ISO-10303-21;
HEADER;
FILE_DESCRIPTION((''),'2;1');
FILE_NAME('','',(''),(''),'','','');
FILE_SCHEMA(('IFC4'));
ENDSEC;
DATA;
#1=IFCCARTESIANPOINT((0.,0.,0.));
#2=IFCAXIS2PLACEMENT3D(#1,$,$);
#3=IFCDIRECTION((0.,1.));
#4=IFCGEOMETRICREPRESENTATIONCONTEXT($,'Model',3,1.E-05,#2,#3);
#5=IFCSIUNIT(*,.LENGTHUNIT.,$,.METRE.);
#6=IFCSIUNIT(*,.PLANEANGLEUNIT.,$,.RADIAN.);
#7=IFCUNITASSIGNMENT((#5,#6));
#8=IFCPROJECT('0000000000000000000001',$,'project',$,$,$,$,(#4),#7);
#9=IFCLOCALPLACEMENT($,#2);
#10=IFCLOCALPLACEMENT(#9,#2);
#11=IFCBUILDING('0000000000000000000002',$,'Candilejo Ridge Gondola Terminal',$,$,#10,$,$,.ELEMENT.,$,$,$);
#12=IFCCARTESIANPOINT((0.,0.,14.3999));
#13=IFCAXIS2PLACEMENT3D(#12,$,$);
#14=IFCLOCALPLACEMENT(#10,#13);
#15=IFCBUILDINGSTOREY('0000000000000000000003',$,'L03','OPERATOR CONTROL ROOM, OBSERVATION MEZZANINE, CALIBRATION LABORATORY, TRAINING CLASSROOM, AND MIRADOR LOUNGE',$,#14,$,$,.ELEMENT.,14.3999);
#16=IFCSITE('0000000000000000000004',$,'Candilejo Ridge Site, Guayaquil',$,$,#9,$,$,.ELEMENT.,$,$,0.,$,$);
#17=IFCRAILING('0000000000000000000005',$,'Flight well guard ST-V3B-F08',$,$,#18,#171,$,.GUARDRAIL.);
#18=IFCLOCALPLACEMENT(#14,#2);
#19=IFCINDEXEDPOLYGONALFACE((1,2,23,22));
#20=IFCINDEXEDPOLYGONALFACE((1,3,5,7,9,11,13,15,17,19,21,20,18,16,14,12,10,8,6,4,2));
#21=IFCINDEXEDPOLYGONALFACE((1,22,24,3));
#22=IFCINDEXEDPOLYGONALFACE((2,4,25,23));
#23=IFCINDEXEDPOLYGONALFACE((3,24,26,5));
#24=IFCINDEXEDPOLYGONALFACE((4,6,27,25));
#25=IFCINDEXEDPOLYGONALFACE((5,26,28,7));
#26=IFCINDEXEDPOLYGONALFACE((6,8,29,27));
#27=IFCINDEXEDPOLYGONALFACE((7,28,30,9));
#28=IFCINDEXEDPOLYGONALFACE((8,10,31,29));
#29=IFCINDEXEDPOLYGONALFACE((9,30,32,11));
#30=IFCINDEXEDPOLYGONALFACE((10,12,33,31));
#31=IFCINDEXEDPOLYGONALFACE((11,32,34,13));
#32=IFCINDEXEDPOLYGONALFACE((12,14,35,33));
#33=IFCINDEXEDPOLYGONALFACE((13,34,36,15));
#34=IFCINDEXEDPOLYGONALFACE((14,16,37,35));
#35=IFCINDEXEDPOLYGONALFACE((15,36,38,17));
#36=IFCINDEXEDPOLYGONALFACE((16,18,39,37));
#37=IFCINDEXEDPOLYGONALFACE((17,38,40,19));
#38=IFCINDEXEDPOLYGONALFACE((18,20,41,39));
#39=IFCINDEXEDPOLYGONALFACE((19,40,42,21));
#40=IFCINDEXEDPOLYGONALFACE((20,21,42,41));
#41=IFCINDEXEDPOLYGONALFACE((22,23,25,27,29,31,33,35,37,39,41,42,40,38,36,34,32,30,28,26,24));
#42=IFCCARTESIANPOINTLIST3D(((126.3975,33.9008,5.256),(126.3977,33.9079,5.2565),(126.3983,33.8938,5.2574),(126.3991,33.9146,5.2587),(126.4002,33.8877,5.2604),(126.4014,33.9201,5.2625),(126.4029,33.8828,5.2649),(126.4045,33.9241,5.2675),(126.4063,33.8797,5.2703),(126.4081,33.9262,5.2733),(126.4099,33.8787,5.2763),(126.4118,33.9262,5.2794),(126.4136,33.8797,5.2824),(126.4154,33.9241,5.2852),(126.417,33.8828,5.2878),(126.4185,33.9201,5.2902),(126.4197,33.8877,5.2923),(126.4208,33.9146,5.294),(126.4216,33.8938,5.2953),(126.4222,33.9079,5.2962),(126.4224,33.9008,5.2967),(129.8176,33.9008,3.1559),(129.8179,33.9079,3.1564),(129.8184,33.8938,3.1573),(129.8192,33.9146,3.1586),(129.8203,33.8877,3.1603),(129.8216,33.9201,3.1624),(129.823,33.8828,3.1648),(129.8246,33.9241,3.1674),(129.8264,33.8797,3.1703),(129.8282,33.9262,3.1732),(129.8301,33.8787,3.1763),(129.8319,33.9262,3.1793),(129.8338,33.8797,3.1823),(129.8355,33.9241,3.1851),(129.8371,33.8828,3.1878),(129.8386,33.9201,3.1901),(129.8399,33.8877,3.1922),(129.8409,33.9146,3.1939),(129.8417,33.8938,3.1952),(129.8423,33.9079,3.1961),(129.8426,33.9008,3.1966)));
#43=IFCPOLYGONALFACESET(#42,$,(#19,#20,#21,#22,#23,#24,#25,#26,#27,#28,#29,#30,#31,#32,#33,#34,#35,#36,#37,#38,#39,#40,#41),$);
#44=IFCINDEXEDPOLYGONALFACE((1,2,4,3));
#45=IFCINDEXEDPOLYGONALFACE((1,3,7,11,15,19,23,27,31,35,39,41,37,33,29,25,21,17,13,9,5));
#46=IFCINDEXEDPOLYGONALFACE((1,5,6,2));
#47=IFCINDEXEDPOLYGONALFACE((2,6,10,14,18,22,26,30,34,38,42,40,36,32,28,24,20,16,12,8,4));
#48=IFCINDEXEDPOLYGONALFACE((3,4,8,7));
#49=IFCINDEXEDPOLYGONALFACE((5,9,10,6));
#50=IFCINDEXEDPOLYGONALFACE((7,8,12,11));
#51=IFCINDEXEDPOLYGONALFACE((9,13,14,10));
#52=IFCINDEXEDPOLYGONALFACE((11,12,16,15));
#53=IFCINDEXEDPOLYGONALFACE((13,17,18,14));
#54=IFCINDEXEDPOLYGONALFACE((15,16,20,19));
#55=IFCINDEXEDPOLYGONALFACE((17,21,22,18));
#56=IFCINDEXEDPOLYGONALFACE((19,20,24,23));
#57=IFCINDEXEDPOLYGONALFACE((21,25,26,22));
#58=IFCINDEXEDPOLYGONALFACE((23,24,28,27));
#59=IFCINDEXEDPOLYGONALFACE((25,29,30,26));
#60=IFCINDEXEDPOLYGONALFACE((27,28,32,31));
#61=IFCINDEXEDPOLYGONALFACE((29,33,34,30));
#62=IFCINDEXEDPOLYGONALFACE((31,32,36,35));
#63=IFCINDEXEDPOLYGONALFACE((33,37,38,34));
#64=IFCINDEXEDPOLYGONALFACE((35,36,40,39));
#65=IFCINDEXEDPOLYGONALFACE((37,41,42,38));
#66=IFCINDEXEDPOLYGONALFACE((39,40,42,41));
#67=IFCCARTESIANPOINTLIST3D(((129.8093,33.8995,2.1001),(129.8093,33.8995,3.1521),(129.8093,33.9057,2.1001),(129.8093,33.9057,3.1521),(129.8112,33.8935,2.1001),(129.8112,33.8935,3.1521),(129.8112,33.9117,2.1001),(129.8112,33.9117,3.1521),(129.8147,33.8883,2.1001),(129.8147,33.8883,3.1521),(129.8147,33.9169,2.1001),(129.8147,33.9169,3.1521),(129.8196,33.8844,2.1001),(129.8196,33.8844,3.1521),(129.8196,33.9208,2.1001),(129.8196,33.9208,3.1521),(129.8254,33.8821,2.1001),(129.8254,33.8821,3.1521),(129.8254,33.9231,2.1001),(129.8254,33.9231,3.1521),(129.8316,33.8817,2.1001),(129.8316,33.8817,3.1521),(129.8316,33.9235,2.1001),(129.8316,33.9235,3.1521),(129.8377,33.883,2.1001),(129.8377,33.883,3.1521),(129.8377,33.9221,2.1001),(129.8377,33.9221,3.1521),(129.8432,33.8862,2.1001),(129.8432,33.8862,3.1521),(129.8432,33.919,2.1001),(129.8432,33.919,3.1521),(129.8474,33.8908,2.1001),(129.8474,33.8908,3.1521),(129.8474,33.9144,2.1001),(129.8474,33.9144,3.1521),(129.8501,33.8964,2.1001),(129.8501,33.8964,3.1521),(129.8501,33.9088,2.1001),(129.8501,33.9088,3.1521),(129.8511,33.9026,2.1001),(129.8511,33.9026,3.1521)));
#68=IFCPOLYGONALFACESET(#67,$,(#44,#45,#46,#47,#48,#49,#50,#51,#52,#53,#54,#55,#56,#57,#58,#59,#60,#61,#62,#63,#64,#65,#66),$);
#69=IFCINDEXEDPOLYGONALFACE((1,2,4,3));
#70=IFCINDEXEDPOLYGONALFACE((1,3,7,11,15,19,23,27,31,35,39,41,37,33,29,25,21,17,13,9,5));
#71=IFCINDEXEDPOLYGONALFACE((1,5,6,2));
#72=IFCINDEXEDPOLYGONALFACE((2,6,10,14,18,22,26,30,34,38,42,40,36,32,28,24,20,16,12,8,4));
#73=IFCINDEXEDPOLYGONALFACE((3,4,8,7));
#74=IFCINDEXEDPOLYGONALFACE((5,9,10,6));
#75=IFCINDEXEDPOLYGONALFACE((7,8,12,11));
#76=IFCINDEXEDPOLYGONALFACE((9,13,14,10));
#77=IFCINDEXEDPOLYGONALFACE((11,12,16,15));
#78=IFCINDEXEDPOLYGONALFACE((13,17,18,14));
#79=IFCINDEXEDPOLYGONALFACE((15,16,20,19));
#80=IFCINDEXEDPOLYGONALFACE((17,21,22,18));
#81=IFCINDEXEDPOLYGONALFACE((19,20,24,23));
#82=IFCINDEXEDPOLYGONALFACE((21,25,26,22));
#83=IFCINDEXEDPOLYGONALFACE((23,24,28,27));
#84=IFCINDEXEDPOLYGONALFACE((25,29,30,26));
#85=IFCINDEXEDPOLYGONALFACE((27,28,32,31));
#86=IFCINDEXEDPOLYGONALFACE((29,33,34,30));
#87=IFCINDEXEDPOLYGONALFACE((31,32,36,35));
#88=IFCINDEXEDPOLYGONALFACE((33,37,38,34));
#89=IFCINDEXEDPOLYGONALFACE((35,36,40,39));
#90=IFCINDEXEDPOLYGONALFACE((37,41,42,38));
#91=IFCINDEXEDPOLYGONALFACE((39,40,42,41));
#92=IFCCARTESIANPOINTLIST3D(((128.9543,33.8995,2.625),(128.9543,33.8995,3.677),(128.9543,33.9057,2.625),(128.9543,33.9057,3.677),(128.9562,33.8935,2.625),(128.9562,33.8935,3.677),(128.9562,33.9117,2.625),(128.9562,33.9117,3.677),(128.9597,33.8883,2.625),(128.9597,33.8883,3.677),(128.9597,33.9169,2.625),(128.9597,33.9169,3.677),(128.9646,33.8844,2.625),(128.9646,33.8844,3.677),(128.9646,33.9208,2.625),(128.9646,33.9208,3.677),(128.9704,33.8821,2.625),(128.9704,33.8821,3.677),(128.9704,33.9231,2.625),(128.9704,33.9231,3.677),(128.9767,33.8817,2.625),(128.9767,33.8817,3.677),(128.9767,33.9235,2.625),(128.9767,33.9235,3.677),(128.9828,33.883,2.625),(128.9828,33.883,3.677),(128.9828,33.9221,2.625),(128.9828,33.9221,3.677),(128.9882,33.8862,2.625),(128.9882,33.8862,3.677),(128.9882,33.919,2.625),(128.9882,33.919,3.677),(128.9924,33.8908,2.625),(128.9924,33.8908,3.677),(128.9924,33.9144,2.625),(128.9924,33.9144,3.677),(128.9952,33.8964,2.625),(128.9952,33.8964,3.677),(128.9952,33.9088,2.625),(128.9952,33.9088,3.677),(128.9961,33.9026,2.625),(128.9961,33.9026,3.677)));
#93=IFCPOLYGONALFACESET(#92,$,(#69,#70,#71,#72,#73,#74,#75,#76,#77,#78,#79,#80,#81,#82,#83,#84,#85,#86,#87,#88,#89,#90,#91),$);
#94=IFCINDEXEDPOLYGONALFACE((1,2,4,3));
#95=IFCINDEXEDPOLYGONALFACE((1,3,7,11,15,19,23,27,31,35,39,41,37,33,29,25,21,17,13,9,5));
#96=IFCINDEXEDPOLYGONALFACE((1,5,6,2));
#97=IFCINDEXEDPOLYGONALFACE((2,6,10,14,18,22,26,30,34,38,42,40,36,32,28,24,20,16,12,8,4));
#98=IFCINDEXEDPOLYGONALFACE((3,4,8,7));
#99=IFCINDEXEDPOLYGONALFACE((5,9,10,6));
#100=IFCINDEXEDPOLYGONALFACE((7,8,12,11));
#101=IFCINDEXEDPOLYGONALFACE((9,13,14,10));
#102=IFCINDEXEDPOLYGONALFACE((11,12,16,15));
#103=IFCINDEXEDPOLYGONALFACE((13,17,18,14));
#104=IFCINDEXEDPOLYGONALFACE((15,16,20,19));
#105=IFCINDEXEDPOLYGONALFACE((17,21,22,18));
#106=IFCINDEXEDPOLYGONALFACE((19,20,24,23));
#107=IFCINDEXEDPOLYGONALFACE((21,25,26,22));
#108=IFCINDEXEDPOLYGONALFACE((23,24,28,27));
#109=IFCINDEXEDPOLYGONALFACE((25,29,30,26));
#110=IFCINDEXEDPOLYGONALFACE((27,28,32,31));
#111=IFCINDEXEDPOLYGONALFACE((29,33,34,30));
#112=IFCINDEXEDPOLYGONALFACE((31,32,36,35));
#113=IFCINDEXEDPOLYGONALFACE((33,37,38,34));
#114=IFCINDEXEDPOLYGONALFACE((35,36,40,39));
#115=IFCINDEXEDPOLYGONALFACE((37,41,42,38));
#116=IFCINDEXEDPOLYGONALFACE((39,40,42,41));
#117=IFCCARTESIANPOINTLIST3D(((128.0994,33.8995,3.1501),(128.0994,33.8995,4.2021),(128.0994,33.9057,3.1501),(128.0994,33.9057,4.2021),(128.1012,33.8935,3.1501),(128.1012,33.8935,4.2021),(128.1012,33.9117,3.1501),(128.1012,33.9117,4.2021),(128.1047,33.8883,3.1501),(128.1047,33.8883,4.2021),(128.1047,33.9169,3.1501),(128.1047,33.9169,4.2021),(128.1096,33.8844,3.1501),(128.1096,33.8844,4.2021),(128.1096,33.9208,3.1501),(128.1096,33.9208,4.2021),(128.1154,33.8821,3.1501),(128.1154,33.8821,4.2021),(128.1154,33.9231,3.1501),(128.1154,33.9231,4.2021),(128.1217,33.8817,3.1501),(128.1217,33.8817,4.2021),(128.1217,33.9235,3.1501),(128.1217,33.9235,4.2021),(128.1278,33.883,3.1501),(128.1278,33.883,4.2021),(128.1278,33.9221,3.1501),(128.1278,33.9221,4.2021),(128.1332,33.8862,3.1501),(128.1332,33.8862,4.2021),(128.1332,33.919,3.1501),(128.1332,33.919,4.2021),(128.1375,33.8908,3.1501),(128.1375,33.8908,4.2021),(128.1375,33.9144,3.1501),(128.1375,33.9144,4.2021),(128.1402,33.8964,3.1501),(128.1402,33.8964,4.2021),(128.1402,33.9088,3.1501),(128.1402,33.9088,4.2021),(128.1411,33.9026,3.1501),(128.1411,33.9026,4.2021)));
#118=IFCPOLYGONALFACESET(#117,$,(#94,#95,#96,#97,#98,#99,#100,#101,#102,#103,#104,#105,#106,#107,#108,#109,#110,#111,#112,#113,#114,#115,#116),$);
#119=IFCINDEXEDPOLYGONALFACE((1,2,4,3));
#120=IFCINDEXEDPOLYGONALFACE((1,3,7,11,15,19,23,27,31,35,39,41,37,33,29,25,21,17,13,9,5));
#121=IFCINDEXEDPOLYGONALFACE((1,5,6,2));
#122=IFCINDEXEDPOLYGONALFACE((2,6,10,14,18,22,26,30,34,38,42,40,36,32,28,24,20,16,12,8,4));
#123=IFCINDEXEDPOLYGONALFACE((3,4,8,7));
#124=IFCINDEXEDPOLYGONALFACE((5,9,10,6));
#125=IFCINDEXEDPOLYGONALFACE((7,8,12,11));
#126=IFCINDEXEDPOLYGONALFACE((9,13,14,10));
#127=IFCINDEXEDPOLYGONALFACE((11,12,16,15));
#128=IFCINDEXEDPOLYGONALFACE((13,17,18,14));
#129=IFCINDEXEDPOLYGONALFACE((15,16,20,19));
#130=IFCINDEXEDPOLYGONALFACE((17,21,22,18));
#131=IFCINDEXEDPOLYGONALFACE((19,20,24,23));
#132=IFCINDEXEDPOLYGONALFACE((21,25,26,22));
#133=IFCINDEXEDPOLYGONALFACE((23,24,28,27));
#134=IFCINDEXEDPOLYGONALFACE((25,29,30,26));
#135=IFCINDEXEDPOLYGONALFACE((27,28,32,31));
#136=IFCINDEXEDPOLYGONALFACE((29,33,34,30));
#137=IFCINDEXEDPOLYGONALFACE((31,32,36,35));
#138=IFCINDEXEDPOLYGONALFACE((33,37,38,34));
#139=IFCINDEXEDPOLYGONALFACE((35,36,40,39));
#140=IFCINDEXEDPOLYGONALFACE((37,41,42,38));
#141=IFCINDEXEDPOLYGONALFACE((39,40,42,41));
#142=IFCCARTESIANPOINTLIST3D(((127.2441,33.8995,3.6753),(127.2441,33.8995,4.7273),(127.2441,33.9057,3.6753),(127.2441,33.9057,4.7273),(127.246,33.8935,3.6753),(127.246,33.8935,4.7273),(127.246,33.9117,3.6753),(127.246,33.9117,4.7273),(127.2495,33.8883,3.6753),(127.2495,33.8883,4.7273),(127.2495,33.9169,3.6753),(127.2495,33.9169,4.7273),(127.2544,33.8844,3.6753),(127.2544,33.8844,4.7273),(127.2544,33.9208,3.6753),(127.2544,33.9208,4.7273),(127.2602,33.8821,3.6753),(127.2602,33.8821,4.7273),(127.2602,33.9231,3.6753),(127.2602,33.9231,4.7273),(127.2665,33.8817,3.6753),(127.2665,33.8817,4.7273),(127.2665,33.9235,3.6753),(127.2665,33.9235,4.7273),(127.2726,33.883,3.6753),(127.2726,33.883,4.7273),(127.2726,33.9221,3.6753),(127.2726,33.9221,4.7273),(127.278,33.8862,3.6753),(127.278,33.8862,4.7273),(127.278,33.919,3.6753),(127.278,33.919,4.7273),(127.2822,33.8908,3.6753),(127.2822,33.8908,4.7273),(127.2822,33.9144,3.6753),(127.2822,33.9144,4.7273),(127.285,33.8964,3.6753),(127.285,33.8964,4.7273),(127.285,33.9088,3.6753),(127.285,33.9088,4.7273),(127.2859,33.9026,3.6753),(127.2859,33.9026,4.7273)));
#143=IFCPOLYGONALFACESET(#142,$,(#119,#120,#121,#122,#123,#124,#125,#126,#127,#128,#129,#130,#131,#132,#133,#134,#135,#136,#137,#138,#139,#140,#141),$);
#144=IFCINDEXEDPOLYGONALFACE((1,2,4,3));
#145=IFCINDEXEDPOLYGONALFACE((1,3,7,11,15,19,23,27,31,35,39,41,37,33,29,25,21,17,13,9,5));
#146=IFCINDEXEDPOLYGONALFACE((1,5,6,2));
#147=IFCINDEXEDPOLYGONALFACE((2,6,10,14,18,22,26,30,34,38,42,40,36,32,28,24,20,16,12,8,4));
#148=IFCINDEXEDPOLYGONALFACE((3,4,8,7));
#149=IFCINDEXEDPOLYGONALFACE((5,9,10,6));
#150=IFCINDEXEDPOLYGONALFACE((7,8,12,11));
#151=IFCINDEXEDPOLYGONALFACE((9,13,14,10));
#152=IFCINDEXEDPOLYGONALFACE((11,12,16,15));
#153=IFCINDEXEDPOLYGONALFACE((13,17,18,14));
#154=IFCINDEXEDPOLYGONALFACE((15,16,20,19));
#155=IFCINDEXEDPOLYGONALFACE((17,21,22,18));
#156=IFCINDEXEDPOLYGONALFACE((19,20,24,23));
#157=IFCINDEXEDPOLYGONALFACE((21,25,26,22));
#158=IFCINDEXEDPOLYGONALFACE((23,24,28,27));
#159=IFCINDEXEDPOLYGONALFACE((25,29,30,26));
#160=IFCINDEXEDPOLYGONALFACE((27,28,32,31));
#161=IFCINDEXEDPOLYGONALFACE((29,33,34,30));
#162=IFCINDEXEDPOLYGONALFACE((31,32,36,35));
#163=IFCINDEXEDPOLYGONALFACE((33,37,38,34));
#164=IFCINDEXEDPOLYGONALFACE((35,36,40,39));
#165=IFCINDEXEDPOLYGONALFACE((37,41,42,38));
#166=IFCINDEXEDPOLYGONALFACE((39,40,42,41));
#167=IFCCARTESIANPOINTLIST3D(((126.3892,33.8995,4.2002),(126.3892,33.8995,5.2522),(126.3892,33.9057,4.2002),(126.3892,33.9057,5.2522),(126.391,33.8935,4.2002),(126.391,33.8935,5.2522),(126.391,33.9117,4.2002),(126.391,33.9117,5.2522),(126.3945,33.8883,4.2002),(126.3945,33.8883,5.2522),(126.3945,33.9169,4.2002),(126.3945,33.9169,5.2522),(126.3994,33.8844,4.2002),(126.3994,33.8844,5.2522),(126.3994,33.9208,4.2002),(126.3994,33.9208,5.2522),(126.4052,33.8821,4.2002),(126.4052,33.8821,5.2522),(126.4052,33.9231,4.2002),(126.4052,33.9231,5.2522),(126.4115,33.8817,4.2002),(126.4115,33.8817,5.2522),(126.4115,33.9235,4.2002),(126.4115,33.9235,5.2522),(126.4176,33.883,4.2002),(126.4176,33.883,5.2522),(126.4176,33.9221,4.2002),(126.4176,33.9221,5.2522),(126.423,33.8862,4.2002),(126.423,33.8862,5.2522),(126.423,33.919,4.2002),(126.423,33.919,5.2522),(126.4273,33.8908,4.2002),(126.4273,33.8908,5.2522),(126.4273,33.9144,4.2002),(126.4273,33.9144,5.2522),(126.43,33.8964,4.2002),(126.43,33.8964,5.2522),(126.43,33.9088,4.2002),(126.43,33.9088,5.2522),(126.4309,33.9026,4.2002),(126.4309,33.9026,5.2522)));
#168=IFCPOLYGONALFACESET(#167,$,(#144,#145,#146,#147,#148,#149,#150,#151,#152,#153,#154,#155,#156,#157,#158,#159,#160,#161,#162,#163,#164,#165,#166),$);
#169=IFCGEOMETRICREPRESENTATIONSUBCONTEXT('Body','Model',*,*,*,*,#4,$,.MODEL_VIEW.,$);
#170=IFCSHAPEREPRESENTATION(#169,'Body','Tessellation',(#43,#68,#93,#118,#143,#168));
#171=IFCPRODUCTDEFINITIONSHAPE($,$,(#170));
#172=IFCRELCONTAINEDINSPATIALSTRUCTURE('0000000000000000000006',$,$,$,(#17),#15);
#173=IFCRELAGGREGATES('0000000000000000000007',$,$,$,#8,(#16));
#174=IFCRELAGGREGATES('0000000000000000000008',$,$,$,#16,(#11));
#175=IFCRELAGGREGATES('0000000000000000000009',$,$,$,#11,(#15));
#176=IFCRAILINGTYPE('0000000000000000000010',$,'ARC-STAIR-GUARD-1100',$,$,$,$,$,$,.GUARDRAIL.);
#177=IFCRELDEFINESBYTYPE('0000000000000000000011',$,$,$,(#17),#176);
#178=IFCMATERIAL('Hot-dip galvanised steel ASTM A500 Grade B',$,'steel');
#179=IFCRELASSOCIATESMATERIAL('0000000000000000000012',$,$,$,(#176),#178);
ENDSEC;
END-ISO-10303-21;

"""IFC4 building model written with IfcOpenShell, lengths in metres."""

from ifc_helpers import new_model, si_unit, direction, frame, origin, origin_2d, place, context, subcontext, project, spatial, circle, extrude, material, type_object, element, save


model = new_model("IFC4")

# Units and contexts
model_context = context("Model", 3, precision=1e-05, world=origin(), true_north=direction((0.0, 1.0)))
body_context = subcontext(model_context, "Body", "Model", "MODEL_VIEW")
ifc_project = project(units=[si_unit("LENGTHUNIT", "METRE"), si_unit("PLANEANGLEUNIT", "RADIAN")], contexts=[model_context])

# Site, building, storey
site_placement = place(None, origin())
site = spatial("IfcSite", under=ifc_project, at=site_placement, Name="Candilejo Ridge Site, Guayaquil", CompositionType="ELEMENT", RefElevation=0.0)
building_placement = place(site_placement, origin())
building = spatial("IfcBuilding", under=site, at=building_placement, Name="Candilejo Ridge Gondola Terminal", CompositionType="ELEMENT")
storey_placement = place(building_placement, frame((0.0, 0.0, 14.3999)))
storey = spatial("IfcBuildingStorey", under=building, at=storey_placement, Name="L03", Description="OPERATOR CONTROL ROOM, OBSERVATION MEZZANINE, CALIBRATION LABORATORY, TRAINING CLASSROOM, AND MIRADOR LOUNGE", CompositionType="ELEMENT", Elevation=14.3999)

# Railing
ifc_material_1 = material(Name="Hot-dip galvanised steel ASTM A500 Grade B", Category="steel")
railing_type_1 = type_object("IfcRailingType", Name="ARC-STAIR-GUARD-1100", PredefinedType="GUARDRAIL", material=ifc_material_1)
railing_1_placement = place(storey_placement, frame((129.8301, 33.9026, 2.1001)))
element("IfcRailing", 1, at=railing_1_placement, inside=storey, type_object=railing_type_1, Name="Flight well guard ST-V3B-F08", PredefinedType="GUARDRAIL", context=body_context, shape_type="SweptSolid", body=[
    extrude(circle(Radius=0.0239, at=origin_2d()), frame((0.0, 0.0, 1.0762), z_axis=(-0.852172, 0.0, 0.523262), x_axis=(0.0, -1.0, 0.0)), (0.0, 0.0, 1.0), 4.0134),
    extrude(circle(Radius=0.021, at=origin_2d()), origin(), (0.0, 0.0, 1.0), 1.052),
    extrude(circle(Radius=0.021, at=origin_2d()), frame((-0.855, 0.0, 0.5249)), (0.0, 0.0, 1.0), 1.052),
    extrude(circle(Radius=0.021, at=origin_2d()), frame((-1.71, 0.0, 1.05)), (0.0, 0.0, 1.0), 1.052),
    extrude(circle(Radius=0.021, at=origin_2d()), frame((-2.5652, 0.0, 1.5752)), (0.0, 0.0, 1.0), 1.052),
    extrude(circle(Radius=0.021, at=origin_2d()), frame((-3.4202, 0.0, 2.1001)), (0.0, 0.0, 1.0), 1.052),
])

save(model, "model.ifc")
